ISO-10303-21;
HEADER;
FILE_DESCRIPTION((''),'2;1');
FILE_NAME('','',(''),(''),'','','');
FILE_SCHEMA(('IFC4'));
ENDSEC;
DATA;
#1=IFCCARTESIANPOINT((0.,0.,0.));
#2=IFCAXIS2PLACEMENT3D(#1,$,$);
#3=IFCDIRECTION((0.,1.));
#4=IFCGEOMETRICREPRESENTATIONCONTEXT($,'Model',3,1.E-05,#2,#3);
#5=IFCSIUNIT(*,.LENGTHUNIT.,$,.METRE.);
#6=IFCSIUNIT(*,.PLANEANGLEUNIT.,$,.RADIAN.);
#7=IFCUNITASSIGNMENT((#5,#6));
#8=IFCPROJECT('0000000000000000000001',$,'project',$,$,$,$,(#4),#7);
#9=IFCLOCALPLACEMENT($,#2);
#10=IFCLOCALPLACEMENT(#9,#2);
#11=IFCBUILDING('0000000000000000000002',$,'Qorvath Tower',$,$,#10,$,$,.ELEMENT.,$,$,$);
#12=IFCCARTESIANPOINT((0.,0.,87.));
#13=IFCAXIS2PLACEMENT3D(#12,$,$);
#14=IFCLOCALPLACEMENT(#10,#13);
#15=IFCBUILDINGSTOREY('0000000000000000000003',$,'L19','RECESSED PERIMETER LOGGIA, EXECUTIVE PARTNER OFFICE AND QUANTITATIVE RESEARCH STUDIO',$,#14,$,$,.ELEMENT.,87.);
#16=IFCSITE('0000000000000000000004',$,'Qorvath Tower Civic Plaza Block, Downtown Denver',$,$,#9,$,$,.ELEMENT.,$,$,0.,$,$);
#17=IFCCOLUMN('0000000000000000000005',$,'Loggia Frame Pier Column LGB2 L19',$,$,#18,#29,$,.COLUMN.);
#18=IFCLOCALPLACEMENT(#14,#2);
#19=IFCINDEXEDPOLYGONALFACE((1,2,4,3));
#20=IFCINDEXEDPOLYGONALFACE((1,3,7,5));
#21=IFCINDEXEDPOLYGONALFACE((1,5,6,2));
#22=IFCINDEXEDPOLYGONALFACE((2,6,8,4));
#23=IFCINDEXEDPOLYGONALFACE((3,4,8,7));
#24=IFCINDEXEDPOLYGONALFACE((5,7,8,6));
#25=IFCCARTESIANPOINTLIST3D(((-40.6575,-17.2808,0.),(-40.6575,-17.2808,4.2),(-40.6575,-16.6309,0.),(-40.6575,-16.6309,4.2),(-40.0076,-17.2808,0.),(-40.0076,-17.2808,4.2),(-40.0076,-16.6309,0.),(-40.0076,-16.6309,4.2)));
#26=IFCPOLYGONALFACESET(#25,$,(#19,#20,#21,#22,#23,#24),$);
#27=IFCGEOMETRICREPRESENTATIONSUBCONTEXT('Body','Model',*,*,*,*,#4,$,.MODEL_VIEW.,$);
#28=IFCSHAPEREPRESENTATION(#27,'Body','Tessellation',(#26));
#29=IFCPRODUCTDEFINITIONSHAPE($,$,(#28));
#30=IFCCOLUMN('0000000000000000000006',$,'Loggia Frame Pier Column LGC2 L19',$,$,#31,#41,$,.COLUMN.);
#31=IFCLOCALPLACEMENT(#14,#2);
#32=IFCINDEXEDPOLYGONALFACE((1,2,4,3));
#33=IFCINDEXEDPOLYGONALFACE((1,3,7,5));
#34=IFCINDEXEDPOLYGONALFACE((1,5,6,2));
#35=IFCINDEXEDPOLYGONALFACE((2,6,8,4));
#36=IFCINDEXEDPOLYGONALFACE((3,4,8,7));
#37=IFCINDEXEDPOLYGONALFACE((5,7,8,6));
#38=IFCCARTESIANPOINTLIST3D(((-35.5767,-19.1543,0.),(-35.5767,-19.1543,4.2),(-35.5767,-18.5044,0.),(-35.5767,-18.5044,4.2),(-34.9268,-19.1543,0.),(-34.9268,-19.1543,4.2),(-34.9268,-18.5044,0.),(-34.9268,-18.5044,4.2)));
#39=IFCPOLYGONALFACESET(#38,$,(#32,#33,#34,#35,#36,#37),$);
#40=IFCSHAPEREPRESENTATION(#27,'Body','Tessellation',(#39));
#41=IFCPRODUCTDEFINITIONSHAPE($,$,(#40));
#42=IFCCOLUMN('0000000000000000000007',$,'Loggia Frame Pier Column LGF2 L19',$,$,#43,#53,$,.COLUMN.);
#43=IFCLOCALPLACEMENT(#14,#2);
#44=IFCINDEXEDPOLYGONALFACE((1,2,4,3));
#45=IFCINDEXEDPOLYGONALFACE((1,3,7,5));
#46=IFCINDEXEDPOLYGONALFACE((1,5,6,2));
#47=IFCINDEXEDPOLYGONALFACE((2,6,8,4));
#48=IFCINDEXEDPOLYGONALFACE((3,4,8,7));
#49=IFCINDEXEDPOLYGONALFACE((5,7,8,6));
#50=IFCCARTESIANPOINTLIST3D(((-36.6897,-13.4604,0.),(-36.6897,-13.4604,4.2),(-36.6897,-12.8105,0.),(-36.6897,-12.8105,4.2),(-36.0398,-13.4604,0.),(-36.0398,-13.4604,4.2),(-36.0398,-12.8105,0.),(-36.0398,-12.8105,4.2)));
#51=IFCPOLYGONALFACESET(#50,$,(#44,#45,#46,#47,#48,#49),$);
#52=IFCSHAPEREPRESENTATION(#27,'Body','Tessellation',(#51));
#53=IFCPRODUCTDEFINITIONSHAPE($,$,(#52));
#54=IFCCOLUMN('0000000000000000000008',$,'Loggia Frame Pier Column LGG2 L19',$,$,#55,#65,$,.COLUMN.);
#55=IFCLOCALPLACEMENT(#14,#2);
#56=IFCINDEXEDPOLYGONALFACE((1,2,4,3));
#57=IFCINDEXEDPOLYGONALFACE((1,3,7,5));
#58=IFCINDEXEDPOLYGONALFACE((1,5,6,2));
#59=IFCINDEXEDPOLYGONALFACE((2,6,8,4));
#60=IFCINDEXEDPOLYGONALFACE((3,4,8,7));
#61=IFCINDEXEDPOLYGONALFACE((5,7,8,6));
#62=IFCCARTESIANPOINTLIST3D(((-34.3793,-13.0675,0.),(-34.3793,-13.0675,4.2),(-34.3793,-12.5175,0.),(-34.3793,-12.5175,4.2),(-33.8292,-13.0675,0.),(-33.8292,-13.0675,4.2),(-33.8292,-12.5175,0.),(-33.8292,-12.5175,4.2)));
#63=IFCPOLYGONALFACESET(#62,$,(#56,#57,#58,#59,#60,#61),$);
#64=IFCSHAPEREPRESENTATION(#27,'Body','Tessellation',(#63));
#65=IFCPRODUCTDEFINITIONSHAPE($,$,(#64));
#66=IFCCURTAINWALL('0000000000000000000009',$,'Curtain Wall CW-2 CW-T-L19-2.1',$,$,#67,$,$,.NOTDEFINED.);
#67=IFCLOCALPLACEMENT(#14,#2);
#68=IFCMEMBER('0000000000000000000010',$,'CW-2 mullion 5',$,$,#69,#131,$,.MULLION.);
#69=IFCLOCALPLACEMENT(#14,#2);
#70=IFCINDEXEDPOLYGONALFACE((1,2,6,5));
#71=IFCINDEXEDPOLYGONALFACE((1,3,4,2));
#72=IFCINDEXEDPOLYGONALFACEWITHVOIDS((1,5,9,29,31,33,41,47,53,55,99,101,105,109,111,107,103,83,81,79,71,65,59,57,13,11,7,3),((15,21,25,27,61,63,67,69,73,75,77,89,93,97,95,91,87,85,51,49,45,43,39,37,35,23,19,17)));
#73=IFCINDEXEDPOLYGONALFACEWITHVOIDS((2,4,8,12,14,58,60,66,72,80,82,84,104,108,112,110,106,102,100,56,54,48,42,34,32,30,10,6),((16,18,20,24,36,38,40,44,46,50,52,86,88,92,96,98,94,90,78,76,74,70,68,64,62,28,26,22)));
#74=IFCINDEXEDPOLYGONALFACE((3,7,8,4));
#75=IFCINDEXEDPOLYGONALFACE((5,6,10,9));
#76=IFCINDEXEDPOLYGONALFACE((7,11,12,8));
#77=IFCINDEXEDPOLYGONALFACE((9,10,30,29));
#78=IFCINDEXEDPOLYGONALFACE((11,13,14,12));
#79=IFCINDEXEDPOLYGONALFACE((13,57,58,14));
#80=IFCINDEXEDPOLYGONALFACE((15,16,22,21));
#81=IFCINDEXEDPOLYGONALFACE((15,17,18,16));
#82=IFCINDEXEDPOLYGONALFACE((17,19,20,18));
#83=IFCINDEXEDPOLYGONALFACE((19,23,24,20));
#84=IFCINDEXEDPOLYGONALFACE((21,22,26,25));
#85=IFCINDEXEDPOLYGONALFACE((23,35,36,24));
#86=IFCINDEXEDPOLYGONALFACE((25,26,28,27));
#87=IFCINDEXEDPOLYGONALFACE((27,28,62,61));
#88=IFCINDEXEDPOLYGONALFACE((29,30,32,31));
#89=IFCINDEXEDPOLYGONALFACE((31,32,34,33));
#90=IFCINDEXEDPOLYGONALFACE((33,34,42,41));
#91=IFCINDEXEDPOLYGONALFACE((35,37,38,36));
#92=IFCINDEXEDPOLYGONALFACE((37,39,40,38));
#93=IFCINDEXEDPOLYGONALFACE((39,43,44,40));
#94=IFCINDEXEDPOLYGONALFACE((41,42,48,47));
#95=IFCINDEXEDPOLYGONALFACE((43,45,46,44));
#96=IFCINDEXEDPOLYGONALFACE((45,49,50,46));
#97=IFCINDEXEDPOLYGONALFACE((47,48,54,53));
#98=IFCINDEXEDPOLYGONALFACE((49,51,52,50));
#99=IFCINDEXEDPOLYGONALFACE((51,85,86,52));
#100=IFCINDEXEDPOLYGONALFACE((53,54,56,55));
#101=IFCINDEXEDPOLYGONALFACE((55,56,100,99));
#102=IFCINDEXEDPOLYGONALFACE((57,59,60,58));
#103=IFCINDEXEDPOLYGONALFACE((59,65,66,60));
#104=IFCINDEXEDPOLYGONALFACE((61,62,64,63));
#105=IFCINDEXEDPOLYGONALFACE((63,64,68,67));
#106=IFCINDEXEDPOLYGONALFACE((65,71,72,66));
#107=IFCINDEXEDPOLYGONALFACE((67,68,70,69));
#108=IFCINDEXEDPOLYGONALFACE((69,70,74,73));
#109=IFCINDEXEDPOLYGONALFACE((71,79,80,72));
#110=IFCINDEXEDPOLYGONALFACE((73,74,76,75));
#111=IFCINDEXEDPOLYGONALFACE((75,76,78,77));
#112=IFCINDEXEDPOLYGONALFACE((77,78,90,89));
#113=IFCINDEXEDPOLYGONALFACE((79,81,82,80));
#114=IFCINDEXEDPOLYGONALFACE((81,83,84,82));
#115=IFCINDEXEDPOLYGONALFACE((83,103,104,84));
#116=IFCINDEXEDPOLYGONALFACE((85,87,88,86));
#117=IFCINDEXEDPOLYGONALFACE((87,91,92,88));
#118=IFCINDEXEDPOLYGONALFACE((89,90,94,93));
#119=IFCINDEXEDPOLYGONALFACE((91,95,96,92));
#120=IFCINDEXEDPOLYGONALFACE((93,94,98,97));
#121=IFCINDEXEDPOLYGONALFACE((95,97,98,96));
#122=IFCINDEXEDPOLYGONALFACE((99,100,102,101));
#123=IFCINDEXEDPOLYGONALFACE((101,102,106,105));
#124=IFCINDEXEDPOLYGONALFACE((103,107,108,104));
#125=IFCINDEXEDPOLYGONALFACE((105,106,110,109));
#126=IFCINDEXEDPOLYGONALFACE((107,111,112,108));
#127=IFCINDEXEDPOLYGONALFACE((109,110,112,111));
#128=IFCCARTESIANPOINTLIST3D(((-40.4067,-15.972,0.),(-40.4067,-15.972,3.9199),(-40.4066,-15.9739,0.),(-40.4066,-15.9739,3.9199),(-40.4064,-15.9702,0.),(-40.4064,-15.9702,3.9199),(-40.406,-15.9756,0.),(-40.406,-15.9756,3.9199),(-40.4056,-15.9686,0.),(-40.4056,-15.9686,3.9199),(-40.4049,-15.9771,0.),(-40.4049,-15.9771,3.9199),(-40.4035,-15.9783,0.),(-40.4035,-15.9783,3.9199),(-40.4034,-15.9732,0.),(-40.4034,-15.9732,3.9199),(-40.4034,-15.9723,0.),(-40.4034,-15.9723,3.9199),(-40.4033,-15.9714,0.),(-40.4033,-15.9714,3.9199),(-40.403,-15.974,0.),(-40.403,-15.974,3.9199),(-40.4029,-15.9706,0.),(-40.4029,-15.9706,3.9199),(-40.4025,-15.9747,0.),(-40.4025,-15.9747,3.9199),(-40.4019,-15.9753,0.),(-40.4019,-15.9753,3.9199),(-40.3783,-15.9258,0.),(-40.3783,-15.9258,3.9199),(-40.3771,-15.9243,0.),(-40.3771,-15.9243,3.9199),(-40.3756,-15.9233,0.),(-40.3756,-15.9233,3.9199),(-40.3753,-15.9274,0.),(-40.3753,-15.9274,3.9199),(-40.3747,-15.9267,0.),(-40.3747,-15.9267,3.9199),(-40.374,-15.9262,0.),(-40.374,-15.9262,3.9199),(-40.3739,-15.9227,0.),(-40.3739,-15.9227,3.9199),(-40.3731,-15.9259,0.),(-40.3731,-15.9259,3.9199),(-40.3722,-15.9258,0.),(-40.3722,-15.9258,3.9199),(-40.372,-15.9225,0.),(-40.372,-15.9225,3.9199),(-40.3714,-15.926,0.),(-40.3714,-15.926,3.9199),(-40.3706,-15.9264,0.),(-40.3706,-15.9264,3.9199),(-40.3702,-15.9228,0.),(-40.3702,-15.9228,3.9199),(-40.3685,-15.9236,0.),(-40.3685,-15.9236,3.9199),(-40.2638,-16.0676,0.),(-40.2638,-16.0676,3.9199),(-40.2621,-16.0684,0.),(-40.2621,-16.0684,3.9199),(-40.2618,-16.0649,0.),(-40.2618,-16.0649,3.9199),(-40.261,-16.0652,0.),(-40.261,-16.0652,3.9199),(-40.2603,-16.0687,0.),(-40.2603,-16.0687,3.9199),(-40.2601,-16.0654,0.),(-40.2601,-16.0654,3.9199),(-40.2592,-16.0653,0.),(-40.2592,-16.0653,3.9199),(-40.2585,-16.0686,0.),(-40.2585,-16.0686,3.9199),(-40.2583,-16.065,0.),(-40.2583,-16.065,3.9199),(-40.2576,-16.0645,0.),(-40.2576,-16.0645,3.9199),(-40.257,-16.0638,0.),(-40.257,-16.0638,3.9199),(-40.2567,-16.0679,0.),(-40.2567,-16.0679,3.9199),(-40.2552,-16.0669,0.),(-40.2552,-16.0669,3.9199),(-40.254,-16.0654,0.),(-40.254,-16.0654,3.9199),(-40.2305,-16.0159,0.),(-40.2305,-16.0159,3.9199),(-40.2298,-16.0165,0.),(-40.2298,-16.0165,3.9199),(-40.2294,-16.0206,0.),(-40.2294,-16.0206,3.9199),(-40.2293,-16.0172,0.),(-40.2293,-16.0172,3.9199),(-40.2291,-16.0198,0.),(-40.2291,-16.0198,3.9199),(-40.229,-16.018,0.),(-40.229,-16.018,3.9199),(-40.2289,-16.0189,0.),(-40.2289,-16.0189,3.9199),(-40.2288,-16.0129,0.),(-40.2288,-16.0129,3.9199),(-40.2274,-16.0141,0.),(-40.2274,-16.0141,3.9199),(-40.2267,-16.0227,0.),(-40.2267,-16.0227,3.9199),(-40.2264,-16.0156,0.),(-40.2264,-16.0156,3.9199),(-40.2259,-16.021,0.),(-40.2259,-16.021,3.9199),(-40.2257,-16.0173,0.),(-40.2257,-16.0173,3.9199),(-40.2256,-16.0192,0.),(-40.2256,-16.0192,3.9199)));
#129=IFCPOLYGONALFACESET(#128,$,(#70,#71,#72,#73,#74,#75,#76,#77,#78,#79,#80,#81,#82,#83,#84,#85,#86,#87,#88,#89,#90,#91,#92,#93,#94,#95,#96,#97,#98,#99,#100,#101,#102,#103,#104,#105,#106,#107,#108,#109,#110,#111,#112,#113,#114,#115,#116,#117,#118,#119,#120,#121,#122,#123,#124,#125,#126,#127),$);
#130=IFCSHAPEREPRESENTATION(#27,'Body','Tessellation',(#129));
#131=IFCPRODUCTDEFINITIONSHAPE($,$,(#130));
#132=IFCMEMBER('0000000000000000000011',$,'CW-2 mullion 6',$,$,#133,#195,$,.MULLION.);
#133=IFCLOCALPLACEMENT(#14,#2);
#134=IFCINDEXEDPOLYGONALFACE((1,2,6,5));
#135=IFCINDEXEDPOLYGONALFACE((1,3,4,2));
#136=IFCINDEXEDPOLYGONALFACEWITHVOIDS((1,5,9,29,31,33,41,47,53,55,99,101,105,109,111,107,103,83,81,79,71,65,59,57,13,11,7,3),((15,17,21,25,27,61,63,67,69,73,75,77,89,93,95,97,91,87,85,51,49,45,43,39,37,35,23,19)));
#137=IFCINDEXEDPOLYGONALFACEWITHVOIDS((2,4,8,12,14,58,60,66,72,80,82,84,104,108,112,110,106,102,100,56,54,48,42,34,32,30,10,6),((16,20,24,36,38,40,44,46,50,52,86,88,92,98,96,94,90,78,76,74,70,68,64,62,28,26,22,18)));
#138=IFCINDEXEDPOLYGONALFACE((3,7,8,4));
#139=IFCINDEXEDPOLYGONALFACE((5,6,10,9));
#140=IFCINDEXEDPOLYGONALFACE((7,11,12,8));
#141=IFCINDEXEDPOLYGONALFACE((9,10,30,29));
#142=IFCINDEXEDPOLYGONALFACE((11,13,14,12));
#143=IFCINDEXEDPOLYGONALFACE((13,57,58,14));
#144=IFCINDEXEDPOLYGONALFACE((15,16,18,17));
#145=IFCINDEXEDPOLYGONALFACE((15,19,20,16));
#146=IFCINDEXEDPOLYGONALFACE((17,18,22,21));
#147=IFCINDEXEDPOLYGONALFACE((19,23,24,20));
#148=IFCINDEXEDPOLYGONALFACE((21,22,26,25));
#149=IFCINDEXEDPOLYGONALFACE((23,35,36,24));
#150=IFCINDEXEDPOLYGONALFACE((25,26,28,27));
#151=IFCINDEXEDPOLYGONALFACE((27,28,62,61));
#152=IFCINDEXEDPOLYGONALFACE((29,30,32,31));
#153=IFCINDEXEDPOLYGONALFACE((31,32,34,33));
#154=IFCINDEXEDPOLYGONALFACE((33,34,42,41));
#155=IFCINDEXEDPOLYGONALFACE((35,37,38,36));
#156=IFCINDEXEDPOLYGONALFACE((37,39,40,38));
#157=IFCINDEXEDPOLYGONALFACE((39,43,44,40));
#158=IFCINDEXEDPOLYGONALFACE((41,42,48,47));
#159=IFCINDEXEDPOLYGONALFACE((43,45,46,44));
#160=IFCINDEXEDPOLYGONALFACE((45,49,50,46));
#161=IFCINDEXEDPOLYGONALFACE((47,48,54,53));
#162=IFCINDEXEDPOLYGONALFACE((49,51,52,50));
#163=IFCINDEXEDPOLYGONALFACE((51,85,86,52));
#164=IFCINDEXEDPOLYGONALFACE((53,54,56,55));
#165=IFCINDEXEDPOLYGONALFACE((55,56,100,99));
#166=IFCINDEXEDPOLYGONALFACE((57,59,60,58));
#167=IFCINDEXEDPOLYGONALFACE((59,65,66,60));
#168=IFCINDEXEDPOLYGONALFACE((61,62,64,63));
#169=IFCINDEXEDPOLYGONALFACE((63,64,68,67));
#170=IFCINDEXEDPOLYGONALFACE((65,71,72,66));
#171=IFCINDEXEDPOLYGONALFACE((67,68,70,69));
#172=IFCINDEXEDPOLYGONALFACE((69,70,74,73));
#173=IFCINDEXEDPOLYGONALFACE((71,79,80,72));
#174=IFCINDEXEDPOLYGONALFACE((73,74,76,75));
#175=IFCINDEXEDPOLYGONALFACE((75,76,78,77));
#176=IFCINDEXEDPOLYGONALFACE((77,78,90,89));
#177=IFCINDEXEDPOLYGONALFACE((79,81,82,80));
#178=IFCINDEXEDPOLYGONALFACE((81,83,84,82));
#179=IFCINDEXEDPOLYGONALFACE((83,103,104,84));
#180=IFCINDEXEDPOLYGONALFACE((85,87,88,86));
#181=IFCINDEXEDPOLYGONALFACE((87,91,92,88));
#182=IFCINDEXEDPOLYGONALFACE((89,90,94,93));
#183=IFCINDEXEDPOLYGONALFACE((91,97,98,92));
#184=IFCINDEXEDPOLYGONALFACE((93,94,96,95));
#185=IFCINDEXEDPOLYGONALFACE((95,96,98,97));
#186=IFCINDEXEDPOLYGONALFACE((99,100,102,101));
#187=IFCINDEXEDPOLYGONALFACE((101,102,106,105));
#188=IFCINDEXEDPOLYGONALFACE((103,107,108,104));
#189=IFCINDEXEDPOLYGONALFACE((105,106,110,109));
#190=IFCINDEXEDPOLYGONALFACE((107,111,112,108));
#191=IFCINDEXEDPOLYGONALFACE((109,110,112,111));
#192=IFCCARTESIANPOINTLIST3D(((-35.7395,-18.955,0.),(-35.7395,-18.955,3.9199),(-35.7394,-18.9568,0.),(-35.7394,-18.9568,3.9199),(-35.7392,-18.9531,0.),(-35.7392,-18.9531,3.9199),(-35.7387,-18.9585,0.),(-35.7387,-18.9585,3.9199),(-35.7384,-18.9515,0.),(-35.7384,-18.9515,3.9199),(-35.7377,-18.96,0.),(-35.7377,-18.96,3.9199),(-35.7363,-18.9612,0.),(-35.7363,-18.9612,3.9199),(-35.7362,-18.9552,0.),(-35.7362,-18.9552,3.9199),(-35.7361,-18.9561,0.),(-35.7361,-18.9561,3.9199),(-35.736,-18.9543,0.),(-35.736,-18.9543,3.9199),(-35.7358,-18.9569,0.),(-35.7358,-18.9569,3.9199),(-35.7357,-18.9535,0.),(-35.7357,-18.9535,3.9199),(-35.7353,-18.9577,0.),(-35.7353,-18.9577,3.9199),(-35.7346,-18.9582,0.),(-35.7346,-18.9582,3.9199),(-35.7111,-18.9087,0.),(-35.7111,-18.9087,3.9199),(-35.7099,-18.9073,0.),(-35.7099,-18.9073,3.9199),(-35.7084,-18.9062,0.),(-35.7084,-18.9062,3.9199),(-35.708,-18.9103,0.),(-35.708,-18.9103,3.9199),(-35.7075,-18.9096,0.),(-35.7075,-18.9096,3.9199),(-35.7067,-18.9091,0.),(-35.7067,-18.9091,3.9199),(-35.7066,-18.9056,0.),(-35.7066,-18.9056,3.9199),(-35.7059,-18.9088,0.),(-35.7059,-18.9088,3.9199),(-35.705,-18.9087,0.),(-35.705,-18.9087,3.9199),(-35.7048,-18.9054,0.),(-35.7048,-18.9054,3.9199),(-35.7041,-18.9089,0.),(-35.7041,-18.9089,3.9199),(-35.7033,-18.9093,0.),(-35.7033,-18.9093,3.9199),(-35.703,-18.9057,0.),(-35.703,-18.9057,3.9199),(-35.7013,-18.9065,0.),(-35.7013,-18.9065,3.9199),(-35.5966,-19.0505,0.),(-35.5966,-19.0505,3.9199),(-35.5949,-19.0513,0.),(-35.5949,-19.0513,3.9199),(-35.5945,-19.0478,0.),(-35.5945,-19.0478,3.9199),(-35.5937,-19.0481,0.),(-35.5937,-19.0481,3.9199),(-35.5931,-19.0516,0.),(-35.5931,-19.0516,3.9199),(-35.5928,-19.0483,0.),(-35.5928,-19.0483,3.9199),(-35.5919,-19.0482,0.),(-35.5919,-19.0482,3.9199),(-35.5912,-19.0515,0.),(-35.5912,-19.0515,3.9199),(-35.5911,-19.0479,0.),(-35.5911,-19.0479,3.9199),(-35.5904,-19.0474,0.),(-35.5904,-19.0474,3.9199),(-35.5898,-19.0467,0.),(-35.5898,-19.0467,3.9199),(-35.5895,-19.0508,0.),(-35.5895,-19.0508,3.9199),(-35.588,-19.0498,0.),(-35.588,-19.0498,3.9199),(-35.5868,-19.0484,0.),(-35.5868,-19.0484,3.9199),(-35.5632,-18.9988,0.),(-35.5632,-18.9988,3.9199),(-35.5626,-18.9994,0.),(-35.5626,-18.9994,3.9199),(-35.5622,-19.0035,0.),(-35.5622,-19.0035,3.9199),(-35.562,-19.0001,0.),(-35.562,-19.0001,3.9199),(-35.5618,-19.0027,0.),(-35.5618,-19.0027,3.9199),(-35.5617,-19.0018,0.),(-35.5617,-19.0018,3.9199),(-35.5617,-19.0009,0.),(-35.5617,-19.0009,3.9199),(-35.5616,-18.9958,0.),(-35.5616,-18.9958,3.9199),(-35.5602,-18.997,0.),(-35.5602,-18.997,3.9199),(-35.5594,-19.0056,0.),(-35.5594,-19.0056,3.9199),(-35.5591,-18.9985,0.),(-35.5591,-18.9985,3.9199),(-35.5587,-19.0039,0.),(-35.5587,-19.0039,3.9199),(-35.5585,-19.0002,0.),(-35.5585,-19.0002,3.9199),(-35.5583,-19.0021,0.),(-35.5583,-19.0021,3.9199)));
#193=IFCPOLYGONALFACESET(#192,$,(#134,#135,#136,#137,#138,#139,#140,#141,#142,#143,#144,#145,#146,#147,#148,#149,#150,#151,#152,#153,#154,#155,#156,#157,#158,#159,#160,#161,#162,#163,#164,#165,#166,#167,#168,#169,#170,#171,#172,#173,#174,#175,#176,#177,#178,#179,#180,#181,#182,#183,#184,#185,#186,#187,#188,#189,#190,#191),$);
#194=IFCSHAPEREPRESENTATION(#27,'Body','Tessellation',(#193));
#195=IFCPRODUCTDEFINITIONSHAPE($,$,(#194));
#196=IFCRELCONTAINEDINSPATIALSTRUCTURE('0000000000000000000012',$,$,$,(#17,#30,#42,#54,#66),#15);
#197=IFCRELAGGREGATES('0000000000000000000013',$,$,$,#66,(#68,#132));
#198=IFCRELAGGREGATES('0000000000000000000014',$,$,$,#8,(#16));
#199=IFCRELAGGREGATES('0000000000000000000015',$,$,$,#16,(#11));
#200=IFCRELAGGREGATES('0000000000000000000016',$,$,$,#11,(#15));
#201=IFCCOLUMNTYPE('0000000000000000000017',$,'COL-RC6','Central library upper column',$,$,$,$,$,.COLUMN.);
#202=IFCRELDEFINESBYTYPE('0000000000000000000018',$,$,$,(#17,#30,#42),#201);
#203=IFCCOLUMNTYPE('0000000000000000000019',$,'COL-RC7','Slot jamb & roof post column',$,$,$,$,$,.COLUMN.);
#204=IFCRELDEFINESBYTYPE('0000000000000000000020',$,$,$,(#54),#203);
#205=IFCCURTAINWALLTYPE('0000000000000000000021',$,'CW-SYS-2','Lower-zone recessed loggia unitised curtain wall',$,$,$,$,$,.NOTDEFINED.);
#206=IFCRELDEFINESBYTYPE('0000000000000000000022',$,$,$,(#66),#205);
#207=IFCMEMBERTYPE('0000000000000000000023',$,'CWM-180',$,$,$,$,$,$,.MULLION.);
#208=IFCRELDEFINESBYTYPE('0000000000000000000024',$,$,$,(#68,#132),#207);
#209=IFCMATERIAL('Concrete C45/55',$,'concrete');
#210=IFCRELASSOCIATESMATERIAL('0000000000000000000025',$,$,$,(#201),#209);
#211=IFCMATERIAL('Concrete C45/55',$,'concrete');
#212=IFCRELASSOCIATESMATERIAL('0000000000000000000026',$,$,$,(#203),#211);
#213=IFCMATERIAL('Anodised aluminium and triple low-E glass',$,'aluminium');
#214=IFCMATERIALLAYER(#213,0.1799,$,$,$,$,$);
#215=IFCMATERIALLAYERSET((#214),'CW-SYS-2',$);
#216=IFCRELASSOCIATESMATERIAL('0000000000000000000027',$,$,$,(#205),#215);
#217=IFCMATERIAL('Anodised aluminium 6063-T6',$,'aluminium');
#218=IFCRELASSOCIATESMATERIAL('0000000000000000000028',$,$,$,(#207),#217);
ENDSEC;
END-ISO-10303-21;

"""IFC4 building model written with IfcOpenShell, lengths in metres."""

from ifc_helpers import new_model, si_unit, direction, frame, origin, origin_2d, place, context, subcontext, project, spatial, rectangle, hollow_rectangle, extrude, material, layer, layer_set, material_profile, profile_set, type_object, element, aggregate, save


model = new_model("IFC4")

# Units and contexts
model_context = context("Model", 3, precision=1e-05, world=origin(), true_north=direction((0.0, 1.0)))
body_context = subcontext(model_context, "Body", "Model", "MODEL_VIEW")
ifc_project = project(units=[si_unit("LENGTHUNIT", "METRE"), si_unit("PLANEANGLEUNIT", "RADIAN")], contexts=[model_context])

# Site, building, storey
site_placement = place(None, origin())
site = spatial("IfcSite", under=ifc_project, at=site_placement, Name="Qorvath Tower Civic Plaza Block, Downtown Denver", CompositionType="ELEMENT", RefElevation=0.0)
building_placement = place(site_placement, origin())
building = spatial("IfcBuilding", under=site, at=building_placement, Name="Qorvath Tower", CompositionType="ELEMENT")
storey_placement = place(building_placement, frame((0.0, 0.0, 87.0)))
storey = spatial("IfcBuildingStorey", under=building, at=storey_placement, Name="L19", Description="RECESSED PERIMETER LOGGIA, EXECUTIVE PARTNER OFFICE AND QUANTITATIVE RESEARCH STUDIO", CompositionType="ELEMENT", Elevation=87.0)

# Columns
ifc_material_1 = material(Name="Concrete C45/55", Category="concrete")
ifc_material_profile_1 = material_profile(ifc_material_1, rectangle(XDim=0.6499, YDim=0.6499, at=origin_2d()), Name="RC 650x650")
ifc_profile_set_1 = profile_set([ifc_material_profile_1], Name="Concrete C45/55")
column_type_1 = type_object("IfcColumnType", Name="COL-RC6", Description="Central library upper column", PredefinedType="COLUMN", material=ifc_profile_set_1)
for number, where, z_axis, x_axis, name in (
    (1, (-40.3325, -16.9558, 0.0), (0.0, 0.0, 1.0), (1.0, 0.0, 0.0), "Loggia Frame Pier Column LGB2 L19"),
    (2, (-35.2517, -18.8293, 0.0), (0.0, 0.0, 1.0), (1.0, 0.0, 0.0), "Loggia Frame Pier Column LGC2 L19"),
    (3, (-36.3647, -13.1355, 0.0), (0.0, 0.0, 1.0), (1.0, 0.0, 0.0), "Loggia Frame Pier Column LGF2 L19"),
):
    element("IfcColumn", number, at=place(storey_placement, frame(where, z_axis=z_axis, x_axis=x_axis)), inside=storey, type_object=column_type_1, Name=name, PredefinedType="COLUMN", context=body_context, shape_type="SweptSolid", body=[
        extrude(rectangle(XDim=0.6499, YDim=0.6499, at=origin_2d()), origin(), (0.0, 0.0, 1.0), 4.2),
    ])
ifc_material_2 = material(Name="Concrete C45/55", Category="concrete")
ifc_material_profile_2 = material_profile(ifc_material_2, rectangle(XDim=0.55, YDim=0.55, at=origin_2d()), Name="RC 550x550")
ifc_profile_set_2 = profile_set([ifc_material_profile_2], Name="Concrete C45/55")
column_type_2 = type_object("IfcColumnType", Name="COL-RC7", Description="Slot jamb & roof post column", PredefinedType="COLUMN", material=ifc_profile_set_2)
column_placement = place(storey_placement, frame((-34.1042, -12.7925, 0.0), z_axis=(0.0, 0.0, 1.0), x_axis=(1.0, 0.0, 0.0)))
element("IfcColumn", 4, at=column_placement, inside=storey, type_object=column_type_2, Name="Loggia Frame Pier Column LGG2 L19", PredefinedType="COLUMN", context=body_context, shape_type="SweptSolid", body=[
    extrude(rectangle(XDim=0.55, YDim=0.55, at=origin_2d()), origin(), (0.0, 0.0, 1.0), 4.2),
])

# Curtain wall, members
ifc_material_3 = material(Name="Anodised aluminium and triple low-E glass", Category="aluminium")
ifc_layer_1 = layer(ifc_material_3, 0.1799)
ifc_layer_set_1 = layer_set([ifc_layer_1], Name="CW-SYS-2")
curtain_wall_type = type_object("IfcCurtainWallType", Name="CW-SYS-2", Description="Lower-zone recessed loggia unitised curtain wall", PredefinedType="NOTDEFINED", material=ifc_layer_set_1)
curtain_wall_1_placement = place(storey_placement, origin())
curtain_wall_1 = element("IfcCurtainWall", 5, at=curtain_wall_1_placement, inside=storey, type_object=curtain_wall_type, Name="Curtain Wall CW-2 CW-T-L19-2.1", PredefinedType="NOTDEFINED")
ifc_material_4 = material(Name="Anodised aluminium 6063-T6", Category="aluminium")
ifc_material_profile_3 = material_profile(ifc_material_4, hollow_rectangle(XDim=0.0649, YDim=0.1799, WallThickness=0.0034, InnerFilletRadius=0.0034, OuterFilletRadius=0.0071, at=origin_2d()), Name="CWM 180x65")
ifc_profile_set_3 = profile_set([ifc_material_profile_3], Name="Anodised aluminium 6063-T6")
member_type_1 = type_object("IfcMemberType", Name="CWM-180", PredefinedType="MULLION", material=ifc_profile_set_3)
member_1_placement = place(storey_placement, frame((-40.3162, -15.9956, 0.0), z_axis=(0.0, 0.0, 1.0), x_axis=(0.538528, 0.842608, 0.0)))
member_1 = element("IfcMember", 6, at=member_1_placement, type_object=member_type_1, Name="CW-2 mullion 5", PredefinedType="MULLION", context=body_context, shape_type="SweptSolid", body=[
    extrude(hollow_rectangle(XDim=0.0649, YDim=0.1799, WallThickness=0.0034, InnerFilletRadius=0.0034, OuterFilletRadius=0.0071, at=origin_2d()), origin(), (0.0, 0.0, 1.0), 3.9199),
])
member_2_placement = place(storey_placement, frame((-35.6489, -18.9785, 0.0), z_axis=(0.0, 0.0, 1.0), x_axis=(0.538528, 0.842608, 0.0)))
member_2 = element("IfcMember", 7, at=member_2_placement, type_object=member_type_1, Name="CW-2 mullion 6", PredefinedType="MULLION", context=body_context, shape_type="SweptSolid", body=[
    extrude(hollow_rectangle(XDim=0.0649, YDim=0.1799, WallThickness=0.0034, InnerFilletRadius=0.0034, OuterFilletRadius=0.0071, at=origin_2d()), origin(), (0.0, 0.0, 1.0), 3.9199),
])

aggregate(curtain_wall_1, [member_1, member_2])

save(model, "model.ifc")
